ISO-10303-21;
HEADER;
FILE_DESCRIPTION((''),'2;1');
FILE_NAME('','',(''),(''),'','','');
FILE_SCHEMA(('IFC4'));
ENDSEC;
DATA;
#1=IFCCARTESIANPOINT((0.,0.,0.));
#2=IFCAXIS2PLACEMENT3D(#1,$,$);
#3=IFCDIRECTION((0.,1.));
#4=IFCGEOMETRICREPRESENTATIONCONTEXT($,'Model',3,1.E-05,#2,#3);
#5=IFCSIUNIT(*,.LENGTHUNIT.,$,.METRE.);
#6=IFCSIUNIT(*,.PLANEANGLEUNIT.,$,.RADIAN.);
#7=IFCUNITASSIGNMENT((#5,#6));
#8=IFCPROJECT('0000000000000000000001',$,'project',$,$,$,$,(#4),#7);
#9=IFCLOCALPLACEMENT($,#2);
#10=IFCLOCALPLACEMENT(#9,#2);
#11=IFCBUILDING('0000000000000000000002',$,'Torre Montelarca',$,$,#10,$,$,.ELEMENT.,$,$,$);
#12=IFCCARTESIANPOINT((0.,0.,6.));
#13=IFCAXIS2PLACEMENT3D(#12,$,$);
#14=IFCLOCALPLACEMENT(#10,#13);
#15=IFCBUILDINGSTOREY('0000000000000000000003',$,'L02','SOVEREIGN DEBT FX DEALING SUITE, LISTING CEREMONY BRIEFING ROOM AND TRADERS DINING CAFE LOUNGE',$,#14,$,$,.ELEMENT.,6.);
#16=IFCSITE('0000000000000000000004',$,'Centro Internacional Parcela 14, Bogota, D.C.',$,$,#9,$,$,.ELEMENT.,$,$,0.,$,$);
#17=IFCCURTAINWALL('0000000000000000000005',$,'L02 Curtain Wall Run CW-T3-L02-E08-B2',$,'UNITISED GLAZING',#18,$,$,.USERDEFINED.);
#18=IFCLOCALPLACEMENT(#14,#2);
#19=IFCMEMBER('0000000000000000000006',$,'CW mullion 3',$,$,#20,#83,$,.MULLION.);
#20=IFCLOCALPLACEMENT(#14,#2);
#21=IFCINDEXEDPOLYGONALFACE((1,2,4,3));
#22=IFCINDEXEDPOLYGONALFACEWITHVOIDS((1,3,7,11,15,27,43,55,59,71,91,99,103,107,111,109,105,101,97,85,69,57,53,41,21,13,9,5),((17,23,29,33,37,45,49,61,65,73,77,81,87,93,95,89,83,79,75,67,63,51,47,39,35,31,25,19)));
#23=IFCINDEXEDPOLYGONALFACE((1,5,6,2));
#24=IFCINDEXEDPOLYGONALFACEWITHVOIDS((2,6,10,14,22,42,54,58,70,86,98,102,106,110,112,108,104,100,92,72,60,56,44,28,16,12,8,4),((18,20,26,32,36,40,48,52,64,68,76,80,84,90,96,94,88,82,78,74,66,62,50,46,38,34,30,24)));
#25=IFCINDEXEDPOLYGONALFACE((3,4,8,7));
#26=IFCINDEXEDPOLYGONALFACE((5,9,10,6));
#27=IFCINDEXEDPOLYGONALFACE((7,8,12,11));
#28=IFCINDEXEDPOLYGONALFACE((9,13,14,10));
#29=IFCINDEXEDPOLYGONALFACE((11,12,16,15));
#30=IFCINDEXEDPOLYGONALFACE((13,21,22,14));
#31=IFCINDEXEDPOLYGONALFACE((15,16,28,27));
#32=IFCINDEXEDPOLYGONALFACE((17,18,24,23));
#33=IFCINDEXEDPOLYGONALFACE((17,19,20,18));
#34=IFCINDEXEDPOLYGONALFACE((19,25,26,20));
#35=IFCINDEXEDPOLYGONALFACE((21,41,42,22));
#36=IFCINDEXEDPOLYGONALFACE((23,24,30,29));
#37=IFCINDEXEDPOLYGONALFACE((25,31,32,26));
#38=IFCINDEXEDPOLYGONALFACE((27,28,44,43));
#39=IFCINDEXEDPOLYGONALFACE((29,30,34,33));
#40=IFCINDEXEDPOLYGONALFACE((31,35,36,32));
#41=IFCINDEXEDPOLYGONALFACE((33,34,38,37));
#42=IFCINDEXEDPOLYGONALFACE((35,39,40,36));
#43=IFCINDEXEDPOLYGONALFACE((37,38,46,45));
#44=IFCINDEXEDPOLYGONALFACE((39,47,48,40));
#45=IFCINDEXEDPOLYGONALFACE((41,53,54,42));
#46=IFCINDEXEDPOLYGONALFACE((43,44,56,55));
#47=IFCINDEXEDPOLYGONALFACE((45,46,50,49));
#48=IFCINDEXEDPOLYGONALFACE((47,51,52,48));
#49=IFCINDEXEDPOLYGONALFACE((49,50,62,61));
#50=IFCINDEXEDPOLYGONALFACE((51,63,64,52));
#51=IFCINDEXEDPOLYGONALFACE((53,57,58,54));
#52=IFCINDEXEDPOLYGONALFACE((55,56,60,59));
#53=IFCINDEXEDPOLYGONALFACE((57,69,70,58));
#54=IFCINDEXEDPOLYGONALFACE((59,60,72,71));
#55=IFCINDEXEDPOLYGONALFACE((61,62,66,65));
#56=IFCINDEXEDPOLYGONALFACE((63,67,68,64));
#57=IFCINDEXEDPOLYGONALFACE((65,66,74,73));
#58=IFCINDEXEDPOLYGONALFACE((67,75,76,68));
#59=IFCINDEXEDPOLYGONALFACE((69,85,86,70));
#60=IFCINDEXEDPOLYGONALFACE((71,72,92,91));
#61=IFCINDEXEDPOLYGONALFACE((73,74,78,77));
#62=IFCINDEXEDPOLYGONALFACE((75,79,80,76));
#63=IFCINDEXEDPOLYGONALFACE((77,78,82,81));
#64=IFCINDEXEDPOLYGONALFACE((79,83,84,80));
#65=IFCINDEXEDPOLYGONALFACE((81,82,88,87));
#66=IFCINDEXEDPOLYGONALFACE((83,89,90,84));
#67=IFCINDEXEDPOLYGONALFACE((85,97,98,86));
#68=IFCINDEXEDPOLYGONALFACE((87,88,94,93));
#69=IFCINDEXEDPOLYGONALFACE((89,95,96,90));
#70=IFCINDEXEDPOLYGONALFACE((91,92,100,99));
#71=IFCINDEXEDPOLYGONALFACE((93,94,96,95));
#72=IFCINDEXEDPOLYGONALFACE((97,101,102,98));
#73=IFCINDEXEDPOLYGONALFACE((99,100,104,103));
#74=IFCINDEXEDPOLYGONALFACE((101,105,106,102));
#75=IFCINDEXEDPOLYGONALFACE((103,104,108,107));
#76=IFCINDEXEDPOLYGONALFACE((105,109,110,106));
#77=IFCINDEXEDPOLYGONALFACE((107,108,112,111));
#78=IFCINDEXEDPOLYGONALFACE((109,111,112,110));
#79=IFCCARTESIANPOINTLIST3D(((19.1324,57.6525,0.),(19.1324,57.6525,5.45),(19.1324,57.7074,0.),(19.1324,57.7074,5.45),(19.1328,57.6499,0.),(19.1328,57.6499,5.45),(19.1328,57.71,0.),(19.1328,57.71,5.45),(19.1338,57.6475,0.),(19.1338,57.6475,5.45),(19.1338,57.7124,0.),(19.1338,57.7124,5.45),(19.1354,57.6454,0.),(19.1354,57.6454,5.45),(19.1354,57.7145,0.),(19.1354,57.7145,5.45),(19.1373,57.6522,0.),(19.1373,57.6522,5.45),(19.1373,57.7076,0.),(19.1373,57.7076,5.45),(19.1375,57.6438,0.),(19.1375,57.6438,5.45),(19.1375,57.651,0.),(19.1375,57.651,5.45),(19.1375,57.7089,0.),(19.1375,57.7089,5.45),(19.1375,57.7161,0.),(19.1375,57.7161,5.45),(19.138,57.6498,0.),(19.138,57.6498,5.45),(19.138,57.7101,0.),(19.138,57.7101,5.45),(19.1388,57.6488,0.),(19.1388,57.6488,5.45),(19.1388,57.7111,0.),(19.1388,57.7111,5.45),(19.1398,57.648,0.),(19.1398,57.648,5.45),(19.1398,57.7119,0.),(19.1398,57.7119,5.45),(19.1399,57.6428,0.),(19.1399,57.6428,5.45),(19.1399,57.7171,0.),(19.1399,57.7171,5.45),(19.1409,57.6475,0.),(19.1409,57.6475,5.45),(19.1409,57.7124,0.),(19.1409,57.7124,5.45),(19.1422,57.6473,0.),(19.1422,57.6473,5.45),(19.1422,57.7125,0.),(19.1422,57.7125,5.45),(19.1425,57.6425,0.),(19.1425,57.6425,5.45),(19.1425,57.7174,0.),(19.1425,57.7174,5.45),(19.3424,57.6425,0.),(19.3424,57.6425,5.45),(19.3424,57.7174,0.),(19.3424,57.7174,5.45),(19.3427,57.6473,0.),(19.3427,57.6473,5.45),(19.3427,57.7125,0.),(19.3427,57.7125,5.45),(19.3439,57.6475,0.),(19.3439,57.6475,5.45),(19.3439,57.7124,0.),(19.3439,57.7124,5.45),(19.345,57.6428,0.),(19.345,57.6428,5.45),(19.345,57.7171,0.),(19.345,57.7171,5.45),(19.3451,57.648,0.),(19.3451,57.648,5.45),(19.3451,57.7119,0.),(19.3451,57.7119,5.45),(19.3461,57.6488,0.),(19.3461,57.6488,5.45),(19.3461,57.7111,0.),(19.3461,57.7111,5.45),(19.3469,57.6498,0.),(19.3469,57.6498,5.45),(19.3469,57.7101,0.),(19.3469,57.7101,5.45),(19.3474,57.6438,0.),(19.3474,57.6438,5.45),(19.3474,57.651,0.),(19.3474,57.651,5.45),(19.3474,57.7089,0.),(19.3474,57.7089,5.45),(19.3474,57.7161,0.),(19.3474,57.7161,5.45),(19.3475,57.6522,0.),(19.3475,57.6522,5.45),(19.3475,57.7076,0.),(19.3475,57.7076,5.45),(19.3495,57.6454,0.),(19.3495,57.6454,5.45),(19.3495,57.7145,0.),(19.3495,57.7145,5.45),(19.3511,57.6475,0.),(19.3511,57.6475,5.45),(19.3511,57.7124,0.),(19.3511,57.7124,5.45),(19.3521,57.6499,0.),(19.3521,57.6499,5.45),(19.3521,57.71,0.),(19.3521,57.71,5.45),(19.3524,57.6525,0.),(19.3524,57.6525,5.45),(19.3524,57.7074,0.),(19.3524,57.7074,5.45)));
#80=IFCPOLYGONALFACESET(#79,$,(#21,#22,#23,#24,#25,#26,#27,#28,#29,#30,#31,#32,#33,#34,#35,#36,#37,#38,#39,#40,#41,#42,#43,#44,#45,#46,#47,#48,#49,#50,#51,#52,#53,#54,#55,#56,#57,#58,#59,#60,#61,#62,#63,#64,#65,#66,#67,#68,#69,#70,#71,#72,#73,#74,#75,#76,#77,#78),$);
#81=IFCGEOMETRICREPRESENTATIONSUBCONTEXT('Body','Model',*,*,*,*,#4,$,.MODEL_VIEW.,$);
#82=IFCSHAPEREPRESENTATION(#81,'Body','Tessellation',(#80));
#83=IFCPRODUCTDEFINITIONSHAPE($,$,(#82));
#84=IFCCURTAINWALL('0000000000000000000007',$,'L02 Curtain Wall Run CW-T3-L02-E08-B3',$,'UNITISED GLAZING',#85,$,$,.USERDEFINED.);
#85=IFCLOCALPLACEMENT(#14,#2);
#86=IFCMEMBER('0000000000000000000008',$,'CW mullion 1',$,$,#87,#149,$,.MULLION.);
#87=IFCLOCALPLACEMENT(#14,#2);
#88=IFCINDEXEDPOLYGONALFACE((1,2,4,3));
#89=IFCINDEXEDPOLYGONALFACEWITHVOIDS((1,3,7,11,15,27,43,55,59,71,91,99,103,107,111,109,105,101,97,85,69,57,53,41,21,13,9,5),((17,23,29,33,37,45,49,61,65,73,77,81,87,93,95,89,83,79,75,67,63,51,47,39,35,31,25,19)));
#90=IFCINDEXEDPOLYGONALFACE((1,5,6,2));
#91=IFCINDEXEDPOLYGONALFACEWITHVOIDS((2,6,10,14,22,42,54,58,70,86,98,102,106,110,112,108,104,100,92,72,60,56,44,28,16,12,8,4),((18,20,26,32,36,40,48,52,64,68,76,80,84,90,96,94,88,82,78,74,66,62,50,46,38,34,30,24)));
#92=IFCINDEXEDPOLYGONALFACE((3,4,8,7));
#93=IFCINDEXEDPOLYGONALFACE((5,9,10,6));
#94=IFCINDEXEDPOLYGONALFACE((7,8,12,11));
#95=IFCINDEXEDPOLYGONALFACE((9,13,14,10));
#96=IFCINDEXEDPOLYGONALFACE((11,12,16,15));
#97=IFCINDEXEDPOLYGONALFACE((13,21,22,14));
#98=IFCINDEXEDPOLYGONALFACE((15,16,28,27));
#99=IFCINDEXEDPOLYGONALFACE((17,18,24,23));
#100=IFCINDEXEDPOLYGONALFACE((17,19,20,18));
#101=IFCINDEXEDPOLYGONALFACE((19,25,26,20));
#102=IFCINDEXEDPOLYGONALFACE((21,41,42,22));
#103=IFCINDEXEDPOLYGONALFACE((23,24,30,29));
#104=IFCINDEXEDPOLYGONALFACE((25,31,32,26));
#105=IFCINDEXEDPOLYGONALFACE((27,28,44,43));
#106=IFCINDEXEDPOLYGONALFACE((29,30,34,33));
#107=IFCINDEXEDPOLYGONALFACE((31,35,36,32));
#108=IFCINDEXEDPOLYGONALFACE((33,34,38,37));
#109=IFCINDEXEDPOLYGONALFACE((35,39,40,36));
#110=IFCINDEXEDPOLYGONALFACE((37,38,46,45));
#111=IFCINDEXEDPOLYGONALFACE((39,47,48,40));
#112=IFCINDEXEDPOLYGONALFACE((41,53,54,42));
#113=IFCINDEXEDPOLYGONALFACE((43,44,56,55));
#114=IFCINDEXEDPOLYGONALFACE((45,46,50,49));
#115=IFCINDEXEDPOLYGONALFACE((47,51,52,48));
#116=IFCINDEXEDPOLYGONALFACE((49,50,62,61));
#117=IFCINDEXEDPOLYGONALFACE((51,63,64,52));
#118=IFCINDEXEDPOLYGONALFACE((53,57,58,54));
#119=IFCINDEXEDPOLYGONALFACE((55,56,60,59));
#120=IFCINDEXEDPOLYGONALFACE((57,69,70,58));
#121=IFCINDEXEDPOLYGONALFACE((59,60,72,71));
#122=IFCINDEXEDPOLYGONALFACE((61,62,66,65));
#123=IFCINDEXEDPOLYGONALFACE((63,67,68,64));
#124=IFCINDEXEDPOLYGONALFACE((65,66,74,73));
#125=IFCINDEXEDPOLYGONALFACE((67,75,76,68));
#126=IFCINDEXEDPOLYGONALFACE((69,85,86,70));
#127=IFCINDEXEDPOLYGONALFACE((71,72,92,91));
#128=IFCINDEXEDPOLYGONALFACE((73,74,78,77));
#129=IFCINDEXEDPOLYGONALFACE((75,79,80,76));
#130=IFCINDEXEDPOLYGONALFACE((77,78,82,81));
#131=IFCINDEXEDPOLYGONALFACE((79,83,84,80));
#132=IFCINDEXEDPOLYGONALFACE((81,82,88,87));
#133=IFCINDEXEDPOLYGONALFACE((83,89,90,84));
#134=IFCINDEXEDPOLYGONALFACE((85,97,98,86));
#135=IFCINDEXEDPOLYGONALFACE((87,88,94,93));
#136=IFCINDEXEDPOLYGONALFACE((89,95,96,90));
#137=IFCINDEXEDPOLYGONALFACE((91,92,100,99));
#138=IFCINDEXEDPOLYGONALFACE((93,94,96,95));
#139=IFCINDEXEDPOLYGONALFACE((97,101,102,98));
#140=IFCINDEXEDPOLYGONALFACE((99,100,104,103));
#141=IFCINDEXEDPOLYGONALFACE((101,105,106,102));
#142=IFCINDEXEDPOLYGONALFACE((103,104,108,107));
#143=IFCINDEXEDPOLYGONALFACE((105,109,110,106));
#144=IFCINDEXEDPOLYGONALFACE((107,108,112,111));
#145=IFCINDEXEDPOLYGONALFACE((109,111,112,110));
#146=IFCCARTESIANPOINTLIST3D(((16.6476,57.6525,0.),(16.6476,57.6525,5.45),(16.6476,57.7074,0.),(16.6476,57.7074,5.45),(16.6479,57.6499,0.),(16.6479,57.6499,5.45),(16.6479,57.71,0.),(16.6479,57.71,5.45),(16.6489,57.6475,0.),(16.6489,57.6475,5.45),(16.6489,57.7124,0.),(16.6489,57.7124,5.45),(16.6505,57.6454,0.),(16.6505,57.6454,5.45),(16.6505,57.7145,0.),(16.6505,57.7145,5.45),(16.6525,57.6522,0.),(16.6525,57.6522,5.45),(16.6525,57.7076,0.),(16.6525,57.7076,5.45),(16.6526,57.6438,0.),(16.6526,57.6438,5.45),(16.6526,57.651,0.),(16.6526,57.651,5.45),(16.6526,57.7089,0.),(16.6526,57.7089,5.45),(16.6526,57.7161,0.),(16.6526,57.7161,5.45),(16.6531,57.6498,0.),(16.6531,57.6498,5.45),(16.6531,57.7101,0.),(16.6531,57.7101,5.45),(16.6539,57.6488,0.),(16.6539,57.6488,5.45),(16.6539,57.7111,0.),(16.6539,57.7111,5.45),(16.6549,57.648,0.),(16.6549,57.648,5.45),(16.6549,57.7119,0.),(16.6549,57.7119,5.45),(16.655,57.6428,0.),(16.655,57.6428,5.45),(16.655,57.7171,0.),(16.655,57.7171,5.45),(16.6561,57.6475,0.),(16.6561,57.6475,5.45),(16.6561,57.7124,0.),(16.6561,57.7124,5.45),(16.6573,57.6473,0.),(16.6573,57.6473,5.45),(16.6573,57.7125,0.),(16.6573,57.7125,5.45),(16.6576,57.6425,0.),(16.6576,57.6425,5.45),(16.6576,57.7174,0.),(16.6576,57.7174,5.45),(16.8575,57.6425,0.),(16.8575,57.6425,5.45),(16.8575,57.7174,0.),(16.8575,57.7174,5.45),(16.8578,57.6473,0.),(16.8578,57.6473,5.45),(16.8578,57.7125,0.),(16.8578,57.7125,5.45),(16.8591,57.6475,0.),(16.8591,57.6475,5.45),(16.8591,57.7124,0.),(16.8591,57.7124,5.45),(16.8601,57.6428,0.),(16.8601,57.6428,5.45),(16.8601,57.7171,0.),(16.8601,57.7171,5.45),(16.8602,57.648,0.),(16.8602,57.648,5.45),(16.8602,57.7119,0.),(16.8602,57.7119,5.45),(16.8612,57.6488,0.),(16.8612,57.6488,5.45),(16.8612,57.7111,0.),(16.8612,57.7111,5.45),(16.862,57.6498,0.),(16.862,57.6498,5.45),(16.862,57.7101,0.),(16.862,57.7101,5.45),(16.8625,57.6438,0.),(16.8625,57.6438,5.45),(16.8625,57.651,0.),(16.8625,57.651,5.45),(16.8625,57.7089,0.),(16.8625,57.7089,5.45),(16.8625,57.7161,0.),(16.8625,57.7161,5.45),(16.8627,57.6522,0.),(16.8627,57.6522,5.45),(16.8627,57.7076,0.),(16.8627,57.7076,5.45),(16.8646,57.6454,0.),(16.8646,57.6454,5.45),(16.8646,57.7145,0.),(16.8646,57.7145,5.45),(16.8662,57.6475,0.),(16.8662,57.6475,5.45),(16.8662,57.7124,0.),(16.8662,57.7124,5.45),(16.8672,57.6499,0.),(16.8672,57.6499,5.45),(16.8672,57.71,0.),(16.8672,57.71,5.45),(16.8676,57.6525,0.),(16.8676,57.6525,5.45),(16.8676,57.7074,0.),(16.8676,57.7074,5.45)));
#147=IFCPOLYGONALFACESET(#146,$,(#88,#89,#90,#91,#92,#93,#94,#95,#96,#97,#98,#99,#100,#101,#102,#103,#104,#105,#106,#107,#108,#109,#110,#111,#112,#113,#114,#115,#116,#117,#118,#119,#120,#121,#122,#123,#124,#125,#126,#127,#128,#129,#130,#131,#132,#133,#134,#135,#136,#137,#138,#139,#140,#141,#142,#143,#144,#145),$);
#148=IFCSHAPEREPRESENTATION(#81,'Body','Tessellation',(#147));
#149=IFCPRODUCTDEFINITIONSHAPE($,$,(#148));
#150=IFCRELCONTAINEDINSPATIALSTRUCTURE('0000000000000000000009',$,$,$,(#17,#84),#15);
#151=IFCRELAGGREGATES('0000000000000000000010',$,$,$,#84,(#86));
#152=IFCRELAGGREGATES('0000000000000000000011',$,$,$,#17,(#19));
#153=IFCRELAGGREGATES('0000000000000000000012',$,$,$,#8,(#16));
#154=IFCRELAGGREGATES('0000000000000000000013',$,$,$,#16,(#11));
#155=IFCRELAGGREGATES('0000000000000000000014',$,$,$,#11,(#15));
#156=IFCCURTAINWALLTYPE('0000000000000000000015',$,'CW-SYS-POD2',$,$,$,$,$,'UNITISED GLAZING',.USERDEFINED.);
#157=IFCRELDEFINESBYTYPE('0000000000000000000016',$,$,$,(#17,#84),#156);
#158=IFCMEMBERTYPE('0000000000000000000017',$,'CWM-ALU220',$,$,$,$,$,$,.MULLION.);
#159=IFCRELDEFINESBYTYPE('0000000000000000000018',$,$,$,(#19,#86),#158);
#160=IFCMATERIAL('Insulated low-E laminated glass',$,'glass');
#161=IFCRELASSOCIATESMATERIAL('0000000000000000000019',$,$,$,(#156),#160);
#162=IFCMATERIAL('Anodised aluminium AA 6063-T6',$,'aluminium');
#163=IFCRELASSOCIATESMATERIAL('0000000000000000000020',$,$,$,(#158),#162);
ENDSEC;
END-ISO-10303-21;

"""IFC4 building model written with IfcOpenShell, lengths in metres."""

from ifc_helpers import new_model, si_unit, direction, frame, origin, origin_2d, place, context, subcontext, project, spatial, hollow_rectangle, extrude, source, transform, mapped, material, material_profile, profile_set, type_object, element, aggregate, save


model = new_model("IFC4")

# Units and contexts
model_context = context("Model", 3, precision=1e-05, world=origin(), true_north=direction((0.0, 1.0)))
body_context = subcontext(model_context, "Body", "Model", "MODEL_VIEW")
ifc_project = project(units=[si_unit("LENGTHUNIT", "METRE"), si_unit("PLANEANGLEUNIT", "RADIAN")], contexts=[model_context])

# Site, building, storey
site_placement = place(None, origin())
site = spatial("IfcSite", under=ifc_project, at=site_placement, Name="Centro Internacional Parcela 14, Bogota, D.C.", CompositionType="ELEMENT", RefElevation=0.0)
building_placement = place(site_placement, origin())
building = spatial("IfcBuilding", under=site, at=building_placement, Name="Torre Montelarca", CompositionType="ELEMENT")
storey_placement = place(building_placement, frame((0.0, 0.0, 6.0)))
storey = spatial("IfcBuildingStorey", under=building, at=storey_placement, Name="L02", Description="SOVEREIGN DEBT FX DEALING SUITE, LISTING CEREMONY BRIEFING ROOM AND TRADERS DINING CAFE LOUNGE", CompositionType="ELEMENT", Elevation=6.0)

# Curtain walls, members
ifc_material_1 = material(Name="Insulated low-E laminated glass", Category="glass")
curtain_wall_type = type_object("IfcCurtainWallType", Name="CW-SYS-POD2", ElementType="UNITISED GLAZING", PredefinedType="USERDEFINED", material=ifc_material_1)
curtain_wall_1_placement = place(storey_placement, origin())
curtain_wall_1 = element("IfcCurtainWall", 1, at=curtain_wall_1_placement, inside=storey, type_object=curtain_wall_type, Name="L02 Curtain Wall Run CW-T3-L02-E08-B2", ObjectType="UNITISED GLAZING", PredefinedType="USERDEFINED")
ifc_material_2 = material(Name="Anodised aluminium AA 6063-T6", Category="aluminium")
ifc_material_profile_1 = material_profile(ifc_material_2, hollow_rectangle(XDim=0.075, YDim=0.22, WallThickness=0.0049, InnerFilletRadius=0.0049, OuterFilletRadius=0.01, at=origin_2d()), Name="ALU75X220X5", Category="aluminium")
ifc_profile_set_1 = profile_set([ifc_material_profile_1], Name="Anodised aluminium AA 6063-T6")
member_type_1 = type_object("IfcMemberType", Name="CWM-ALU220", PredefinedType="MULLION", material=ifc_profile_set_1)
shared_shape_1 = source(origin(), body_context, "Body", "SweptSolid", [
    extrude(hollow_rectangle(XDim=0.075, YDim=0.22, WallThickness=0.0049, InnerFilletRadius=0.0049, OuterFilletRadius=0.01, at=origin_2d()), origin(), (0.0, 0.0, 1.0), 5.45),
])
member_1_placement = place(storey_placement, frame((19.2424, 57.6799, 0.0), z_axis=(0.0, 0.0, 1.0), x_axis=(0.0, -1.0, 0.0)))
member_1 = element("IfcMember", 2, at=member_1_placement, type_object=member_type_1, Name="CW mullion 3", PredefinedType="MULLION", context=body_context, shape_type="MappedRepresentation", body=[
    mapped(shared_shape_1, transform((0.0, 0.0, 0.0), scale=1.0)),
])
curtain_wall_2_placement = place(storey_placement, origin())
curtain_wall_2 = element("IfcCurtainWall", 3, at=curtain_wall_2_placement, inside=storey, type_object=curtain_wall_type, Name="L02 Curtain Wall Run CW-T3-L02-E08-B3", ObjectType="UNITISED GLAZING", PredefinedType="USERDEFINED")
member_2_placement = place(storey_placement, frame((16.7576, 57.6799, 0.0), z_axis=(0.0, 0.0, 1.0), x_axis=(0.0, -1.0, 0.0)))
member_2 = element("IfcMember", 4, at=member_2_placement, type_object=member_type_1, Name="CW mullion 1", PredefinedType="MULLION", context=body_context, shape_type="MappedRepresentation", body=[
    mapped(shared_shape_1, transform((0.0, 0.0, 0.0), scale=1.0)),
])

aggregate(curtain_wall_2, [member_2])
aggregate(curtain_wall_1, [member_1])

save(model, "model.ifc")
